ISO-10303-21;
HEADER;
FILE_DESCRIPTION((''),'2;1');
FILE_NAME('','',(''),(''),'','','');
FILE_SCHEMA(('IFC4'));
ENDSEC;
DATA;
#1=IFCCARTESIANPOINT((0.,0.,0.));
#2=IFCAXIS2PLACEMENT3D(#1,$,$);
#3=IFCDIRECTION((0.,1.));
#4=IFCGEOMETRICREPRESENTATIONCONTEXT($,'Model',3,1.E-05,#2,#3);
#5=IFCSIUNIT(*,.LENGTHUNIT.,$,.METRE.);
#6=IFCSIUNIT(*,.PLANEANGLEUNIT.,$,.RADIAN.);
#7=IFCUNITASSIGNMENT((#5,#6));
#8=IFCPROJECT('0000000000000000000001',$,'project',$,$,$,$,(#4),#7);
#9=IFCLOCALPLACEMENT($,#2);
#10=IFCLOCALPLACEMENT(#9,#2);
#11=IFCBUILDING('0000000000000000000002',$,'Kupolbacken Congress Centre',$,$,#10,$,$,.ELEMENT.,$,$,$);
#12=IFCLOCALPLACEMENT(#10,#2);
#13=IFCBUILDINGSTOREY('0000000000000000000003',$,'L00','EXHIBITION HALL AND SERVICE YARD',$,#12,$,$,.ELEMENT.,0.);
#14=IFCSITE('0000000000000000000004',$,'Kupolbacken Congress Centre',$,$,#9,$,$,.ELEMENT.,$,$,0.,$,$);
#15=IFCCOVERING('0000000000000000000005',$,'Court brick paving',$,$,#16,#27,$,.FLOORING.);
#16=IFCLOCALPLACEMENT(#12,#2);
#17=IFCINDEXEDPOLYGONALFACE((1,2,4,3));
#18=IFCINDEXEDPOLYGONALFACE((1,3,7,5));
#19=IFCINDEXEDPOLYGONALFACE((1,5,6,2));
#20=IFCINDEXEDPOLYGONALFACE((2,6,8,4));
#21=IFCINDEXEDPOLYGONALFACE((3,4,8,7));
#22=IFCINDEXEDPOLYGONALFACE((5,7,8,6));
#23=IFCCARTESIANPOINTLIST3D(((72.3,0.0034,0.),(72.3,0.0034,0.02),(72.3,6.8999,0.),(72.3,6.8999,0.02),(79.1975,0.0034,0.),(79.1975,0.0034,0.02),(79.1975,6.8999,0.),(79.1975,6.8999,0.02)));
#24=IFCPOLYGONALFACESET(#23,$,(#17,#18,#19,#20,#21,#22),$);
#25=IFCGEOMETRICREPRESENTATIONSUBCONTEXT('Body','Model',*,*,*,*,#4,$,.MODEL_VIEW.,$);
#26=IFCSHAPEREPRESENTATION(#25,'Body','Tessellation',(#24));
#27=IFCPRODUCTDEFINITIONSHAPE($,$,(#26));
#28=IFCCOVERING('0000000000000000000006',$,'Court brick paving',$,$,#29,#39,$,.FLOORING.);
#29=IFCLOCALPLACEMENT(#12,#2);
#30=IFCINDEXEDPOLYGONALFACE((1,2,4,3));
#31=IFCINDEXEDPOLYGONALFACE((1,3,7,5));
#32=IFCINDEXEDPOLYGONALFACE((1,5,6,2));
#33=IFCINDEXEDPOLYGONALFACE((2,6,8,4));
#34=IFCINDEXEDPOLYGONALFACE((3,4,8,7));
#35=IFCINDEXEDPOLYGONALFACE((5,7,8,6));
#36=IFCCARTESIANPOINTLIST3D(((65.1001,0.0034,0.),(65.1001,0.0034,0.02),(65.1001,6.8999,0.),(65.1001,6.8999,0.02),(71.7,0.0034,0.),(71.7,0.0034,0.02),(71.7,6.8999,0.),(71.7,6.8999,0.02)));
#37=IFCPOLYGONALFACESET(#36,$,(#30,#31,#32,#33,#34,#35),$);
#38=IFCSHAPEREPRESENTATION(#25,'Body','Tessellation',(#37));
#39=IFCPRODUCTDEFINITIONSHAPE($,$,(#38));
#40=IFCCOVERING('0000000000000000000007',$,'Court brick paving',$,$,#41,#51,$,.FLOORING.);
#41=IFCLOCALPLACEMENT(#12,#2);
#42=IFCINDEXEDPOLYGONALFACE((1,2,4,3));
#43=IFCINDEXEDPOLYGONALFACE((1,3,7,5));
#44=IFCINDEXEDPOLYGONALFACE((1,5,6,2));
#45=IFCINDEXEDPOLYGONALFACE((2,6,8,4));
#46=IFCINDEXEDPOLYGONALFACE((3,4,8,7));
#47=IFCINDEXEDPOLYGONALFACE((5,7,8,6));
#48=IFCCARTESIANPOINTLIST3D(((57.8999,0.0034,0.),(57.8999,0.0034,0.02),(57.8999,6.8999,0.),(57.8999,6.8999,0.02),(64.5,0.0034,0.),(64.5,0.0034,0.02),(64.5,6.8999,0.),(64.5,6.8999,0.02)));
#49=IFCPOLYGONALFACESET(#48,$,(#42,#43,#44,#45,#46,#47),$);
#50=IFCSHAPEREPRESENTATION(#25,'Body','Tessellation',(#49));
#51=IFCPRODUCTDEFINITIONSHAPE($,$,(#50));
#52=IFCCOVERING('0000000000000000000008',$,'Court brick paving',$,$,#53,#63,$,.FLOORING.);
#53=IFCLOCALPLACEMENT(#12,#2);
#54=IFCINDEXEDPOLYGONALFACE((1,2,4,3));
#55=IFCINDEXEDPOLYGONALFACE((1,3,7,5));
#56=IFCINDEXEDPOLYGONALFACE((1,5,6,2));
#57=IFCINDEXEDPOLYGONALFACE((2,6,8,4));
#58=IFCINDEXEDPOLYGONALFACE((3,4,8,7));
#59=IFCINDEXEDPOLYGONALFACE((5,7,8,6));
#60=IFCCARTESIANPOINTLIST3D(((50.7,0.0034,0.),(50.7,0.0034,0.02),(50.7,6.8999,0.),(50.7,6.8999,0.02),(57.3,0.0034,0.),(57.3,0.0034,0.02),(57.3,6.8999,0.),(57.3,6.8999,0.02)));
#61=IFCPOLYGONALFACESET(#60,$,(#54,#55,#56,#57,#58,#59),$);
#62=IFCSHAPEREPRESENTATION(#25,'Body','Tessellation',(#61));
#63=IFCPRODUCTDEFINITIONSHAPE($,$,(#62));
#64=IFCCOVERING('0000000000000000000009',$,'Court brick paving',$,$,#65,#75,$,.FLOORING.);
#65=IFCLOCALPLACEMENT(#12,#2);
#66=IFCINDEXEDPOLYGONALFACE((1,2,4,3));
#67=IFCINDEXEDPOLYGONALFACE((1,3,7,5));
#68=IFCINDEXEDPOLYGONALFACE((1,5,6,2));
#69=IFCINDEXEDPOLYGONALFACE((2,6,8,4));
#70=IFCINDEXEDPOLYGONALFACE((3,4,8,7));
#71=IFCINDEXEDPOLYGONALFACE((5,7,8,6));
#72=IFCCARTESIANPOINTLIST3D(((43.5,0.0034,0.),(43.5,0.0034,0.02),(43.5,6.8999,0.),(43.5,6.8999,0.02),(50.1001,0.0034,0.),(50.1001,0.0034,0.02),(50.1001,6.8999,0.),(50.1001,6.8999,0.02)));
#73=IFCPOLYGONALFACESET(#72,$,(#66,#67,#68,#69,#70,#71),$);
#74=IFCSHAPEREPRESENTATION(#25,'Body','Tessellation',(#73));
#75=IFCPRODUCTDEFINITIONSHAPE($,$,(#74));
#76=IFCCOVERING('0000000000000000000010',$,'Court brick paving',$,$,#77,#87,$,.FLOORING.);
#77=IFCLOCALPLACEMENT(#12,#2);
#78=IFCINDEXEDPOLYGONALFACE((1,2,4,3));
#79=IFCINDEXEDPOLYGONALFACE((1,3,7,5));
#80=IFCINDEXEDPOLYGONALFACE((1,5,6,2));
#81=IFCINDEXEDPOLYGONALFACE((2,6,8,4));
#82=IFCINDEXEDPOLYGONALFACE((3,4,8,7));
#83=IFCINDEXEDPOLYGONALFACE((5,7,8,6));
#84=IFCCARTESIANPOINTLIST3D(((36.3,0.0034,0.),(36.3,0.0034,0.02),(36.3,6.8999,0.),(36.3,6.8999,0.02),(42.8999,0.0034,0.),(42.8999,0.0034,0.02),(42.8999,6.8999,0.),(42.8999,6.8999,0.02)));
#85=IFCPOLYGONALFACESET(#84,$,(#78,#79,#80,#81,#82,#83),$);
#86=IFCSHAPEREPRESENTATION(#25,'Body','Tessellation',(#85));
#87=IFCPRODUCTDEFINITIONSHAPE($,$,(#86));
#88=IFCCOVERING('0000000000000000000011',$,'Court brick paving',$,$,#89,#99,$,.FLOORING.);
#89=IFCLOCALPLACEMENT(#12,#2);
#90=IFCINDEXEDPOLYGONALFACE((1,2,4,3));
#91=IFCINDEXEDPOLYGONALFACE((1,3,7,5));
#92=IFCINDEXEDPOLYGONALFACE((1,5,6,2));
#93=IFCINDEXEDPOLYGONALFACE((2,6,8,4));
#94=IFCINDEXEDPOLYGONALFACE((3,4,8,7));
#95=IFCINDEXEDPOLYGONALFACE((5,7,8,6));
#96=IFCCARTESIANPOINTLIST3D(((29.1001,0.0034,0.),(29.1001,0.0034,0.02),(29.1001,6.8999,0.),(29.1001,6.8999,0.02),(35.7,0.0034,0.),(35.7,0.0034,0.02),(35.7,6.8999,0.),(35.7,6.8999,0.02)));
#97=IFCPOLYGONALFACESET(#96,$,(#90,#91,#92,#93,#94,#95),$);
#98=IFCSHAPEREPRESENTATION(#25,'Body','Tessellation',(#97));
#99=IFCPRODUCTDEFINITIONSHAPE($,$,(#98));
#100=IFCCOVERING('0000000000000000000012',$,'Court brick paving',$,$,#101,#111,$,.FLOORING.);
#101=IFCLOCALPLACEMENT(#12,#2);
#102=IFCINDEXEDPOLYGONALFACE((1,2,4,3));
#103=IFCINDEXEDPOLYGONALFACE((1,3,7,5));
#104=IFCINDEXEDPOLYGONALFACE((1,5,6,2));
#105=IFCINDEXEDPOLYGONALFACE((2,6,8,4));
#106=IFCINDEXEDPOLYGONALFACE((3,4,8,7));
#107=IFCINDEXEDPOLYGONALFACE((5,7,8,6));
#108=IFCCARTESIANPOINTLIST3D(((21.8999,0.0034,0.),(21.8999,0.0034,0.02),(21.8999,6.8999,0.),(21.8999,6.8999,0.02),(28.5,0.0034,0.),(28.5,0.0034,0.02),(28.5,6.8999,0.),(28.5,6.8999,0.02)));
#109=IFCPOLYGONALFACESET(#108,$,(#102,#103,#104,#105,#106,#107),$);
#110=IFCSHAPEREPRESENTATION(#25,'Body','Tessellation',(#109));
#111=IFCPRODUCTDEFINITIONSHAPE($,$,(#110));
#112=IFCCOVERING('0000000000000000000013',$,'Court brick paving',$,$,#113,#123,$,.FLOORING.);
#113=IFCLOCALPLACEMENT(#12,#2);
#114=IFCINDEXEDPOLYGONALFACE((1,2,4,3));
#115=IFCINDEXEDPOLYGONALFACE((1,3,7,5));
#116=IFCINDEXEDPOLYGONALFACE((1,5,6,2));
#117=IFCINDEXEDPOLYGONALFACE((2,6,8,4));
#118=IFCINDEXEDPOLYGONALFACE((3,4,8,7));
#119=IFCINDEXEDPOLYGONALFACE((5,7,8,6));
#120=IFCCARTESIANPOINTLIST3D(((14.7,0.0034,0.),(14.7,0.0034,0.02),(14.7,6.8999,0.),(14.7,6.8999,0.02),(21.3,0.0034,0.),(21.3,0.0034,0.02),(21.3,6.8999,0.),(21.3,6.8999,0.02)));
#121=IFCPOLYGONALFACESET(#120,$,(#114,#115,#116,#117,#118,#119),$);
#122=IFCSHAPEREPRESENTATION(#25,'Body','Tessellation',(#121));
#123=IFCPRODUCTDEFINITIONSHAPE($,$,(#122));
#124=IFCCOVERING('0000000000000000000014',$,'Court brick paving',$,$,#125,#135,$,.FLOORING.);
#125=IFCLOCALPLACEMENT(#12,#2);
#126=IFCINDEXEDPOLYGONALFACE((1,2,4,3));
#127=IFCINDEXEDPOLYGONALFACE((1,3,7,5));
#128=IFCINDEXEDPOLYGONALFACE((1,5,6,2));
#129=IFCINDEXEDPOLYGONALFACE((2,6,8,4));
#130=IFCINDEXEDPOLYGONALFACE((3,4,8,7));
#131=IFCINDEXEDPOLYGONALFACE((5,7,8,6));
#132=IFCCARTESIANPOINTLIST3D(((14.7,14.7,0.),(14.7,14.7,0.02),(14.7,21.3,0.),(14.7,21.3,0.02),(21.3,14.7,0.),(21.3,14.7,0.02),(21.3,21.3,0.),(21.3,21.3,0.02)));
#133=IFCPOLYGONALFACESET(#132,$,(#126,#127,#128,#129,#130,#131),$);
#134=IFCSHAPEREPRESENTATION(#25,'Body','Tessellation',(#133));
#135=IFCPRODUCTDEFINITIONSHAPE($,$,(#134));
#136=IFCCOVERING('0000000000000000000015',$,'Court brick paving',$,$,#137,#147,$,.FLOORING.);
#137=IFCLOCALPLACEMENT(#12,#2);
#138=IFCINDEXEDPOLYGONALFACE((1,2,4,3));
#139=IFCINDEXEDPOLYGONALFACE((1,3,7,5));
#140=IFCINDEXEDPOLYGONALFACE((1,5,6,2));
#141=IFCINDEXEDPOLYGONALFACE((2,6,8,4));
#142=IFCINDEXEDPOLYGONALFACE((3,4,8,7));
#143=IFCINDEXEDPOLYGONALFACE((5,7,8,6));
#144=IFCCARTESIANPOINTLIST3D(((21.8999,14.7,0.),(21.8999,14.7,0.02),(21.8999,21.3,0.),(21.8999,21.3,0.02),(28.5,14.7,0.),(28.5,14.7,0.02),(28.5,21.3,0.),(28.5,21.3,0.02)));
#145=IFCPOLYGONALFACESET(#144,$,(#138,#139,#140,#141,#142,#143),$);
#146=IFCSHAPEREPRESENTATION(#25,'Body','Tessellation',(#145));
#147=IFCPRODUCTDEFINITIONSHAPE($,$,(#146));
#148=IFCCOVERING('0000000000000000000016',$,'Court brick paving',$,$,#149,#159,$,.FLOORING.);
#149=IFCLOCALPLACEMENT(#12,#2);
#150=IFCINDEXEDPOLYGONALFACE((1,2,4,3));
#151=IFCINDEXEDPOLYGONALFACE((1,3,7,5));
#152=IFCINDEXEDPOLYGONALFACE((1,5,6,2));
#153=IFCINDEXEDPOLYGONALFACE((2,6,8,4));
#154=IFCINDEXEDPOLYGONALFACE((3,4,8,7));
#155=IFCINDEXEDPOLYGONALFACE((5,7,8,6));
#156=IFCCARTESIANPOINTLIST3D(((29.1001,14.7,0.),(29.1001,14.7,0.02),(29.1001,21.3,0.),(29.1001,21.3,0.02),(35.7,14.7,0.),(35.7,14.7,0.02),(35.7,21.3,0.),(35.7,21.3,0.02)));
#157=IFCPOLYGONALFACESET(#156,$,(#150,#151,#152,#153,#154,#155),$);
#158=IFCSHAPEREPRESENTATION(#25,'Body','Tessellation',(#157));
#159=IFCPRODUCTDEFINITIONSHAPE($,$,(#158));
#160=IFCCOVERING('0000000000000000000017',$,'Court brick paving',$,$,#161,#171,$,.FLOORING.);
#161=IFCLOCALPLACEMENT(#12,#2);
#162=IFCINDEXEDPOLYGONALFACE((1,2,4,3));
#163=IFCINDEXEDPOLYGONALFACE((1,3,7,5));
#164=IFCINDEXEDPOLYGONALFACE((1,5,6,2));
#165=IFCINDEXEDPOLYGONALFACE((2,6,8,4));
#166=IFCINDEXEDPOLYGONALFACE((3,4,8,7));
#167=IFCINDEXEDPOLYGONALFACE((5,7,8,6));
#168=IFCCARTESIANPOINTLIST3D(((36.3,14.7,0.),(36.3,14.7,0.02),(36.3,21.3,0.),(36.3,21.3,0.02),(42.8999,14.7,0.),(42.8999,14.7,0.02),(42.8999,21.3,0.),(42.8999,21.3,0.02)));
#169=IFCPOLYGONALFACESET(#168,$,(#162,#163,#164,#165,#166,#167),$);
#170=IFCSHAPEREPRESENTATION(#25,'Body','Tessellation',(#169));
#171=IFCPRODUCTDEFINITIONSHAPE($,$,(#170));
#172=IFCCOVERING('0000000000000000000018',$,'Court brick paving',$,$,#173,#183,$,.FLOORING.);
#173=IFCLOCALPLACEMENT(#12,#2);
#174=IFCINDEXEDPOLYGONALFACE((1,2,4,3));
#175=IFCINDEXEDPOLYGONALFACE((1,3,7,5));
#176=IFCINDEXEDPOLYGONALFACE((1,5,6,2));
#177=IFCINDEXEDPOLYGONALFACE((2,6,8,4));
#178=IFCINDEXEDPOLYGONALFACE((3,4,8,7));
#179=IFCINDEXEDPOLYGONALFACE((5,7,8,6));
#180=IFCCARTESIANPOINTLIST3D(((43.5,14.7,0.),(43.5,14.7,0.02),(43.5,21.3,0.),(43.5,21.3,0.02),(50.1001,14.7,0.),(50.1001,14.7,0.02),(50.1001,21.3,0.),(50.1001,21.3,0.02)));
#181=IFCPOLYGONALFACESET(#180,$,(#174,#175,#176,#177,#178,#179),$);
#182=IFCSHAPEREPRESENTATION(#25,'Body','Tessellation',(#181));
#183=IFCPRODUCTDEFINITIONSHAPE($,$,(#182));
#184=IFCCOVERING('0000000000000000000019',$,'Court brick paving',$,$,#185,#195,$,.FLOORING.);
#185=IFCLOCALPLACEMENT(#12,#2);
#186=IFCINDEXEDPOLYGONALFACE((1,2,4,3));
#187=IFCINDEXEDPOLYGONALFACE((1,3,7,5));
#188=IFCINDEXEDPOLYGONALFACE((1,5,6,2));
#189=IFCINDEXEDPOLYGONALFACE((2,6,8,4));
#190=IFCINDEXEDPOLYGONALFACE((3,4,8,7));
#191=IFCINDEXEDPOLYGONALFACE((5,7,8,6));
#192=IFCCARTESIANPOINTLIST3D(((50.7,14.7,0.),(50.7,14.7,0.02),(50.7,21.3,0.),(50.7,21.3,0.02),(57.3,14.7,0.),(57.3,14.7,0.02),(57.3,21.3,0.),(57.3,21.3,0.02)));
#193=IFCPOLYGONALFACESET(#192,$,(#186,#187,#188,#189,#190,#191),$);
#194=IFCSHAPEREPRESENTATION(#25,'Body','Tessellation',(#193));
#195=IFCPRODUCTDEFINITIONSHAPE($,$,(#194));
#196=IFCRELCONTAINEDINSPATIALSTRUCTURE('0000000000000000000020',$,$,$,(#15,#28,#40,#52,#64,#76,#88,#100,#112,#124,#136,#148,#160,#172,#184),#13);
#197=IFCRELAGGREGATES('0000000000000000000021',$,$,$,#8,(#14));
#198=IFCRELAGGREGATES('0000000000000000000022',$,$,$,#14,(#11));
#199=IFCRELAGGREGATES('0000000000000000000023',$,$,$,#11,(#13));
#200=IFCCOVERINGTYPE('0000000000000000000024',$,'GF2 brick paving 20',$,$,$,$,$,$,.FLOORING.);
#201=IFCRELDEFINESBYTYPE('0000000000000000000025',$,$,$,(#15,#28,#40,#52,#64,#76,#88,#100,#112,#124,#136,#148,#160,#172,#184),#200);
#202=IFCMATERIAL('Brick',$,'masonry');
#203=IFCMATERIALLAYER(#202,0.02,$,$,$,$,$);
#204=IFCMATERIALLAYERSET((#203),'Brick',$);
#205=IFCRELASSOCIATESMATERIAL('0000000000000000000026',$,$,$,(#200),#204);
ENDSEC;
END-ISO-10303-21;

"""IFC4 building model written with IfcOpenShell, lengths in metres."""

from ifc_helpers import new_model, si_unit, direction, origin, place, context, subcontext, project, spatial, polyline, outline, extrude, material, layer, layer_set, type_object, element, save


model = new_model("IFC4")

# Units and contexts
model_context = context("Model", 3, precision=1e-05, world=origin(), true_north=direction((0.0, 1.0)))
body_context = subcontext(model_context, "Body", "Model", "MODEL_VIEW")
ifc_project = project(units=[si_unit("LENGTHUNIT", "METRE"), si_unit("PLANEANGLEUNIT", "RADIAN")], contexts=[model_context])

# Site, building, storey
site_placement = place(None, origin())
site = spatial("IfcSite", under=ifc_project, at=site_placement, Name="Kupolbacken Congress Centre", CompositionType="ELEMENT", RefElevation=0.0)
building_placement = place(site_placement, origin())
building = spatial("IfcBuilding", under=site, at=building_placement, Name="Kupolbacken Congress Centre", CompositionType="ELEMENT")
storey_placement = place(building_placement, origin())
storey = spatial("IfcBuildingStorey", under=building, at=storey_placement, Name="L00", Description="EXHIBITION HALL AND SERVICE YARD", CompositionType="ELEMENT", Elevation=0.0)

# Coverings
ifc_material = material(Name="Brick", Category="masonry")
ifc_layer = layer(ifc_material, 0.02)
ifc_layer_set = layer_set([ifc_layer], Name="Brick")
covering_type = type_object("IfcCoveringType", Name="GF2 brick paving 20", PredefinedType="FLOORING", material=ifc_layer_set)
covering_1_placement = place(storey_placement, origin())
element("IfcCovering", 1, at=covering_1_placement, inside=storey, type_object=covering_type, Name="Court brick paving", PredefinedType="FLOORING", context=body_context, shape_type="SweptSolid", body=[
    extrude(outline(polyline([(79.1975, 0.0034), (72.3, 0.0034), (72.3, 6.8999), (79.1975, 6.8999), (79.1975, 0.0034)])), origin(), (0.0, 0.0, 1.0), 0.02),
])
covering_2_placement = place(storey_placement, origin())
element("IfcCovering", 2, at=covering_2_placement, inside=storey, type_object=covering_type, Name="Court brick paving", PredefinedType="FLOORING", context=body_context, shape_type="SweptSolid", body=[
    extrude(outline(polyline([(65.1001, 0.0034), (65.1001, 6.8999), (71.7, 6.8999), (71.7, 0.0034), (65.1001, 0.0034)])), origin(), (0.0, 0.0, 1.0), 0.02),
])
covering_3_placement = place(storey_placement, origin())
element("IfcCovering", 3, at=covering_3_placement, inside=storey, type_object=covering_type, Name="Court brick paving", PredefinedType="FLOORING", context=body_context, shape_type="SweptSolid", body=[
    extrude(outline(polyline([(57.8999, 0.0034), (57.8999, 6.8999), (64.5, 6.8999), (64.5, 0.0034), (57.8999, 0.0034)])), origin(), (0.0, 0.0, 1.0), 0.02),
])
covering_4_placement = place(storey_placement, origin())
element("IfcCovering", 4, at=covering_4_placement, inside=storey, type_object=covering_type, Name="Court brick paving", PredefinedType="FLOORING", context=body_context, shape_type="SweptSolid", body=[
    extrude(outline(polyline([(50.7, 0.0034), (50.7, 6.8999), (57.3, 6.8999), (57.3, 0.0034), (50.7, 0.0034)])), origin(), (0.0, 0.0, 1.0), 0.02),
])
covering_5_placement = place(storey_placement, origin())
element("IfcCovering", 5, at=covering_5_placement, inside=storey, type_object=covering_type, Name="Court brick paving", PredefinedType="FLOORING", context=body_context, shape_type="SweptSolid", body=[
    extrude(outline(polyline([(43.5, 0.0034), (43.5, 6.8999), (50.1001, 6.8999), (50.1001, 0.0034), (43.5, 0.0034)])), origin(), (0.0, 0.0, 1.0), 0.02),
])
covering_6_placement = place(storey_placement, origin())
element("IfcCovering", 6, at=covering_6_placement, inside=storey, type_object=covering_type, Name="Court brick paving", PredefinedType="FLOORING", context=body_context, shape_type="SweptSolid", body=[
    extrude(outline(polyline([(36.3, 0.0034), (36.3, 6.8999), (42.8999, 6.8999), (42.8999, 0.0034), (36.3, 0.0034)])), origin(), (0.0, 0.0, 1.0), 0.02),
])
covering_7_placement = place(storey_placement, origin())
element("IfcCovering", 7, at=covering_7_placement, inside=storey, type_object=covering_type, Name="Court brick paving", PredefinedType="FLOORING", context=body_context, shape_type="SweptSolid", body=[
    extrude(outline(polyline([(29.1001, 0.0034), (29.1001, 6.8999), (35.7, 6.8999), (35.7, 0.0034), (29.1001, 0.0034)])), origin(), (0.0, 0.0, 1.0), 0.02),
])
covering_8_placement = place(storey_placement, origin())
element("IfcCovering", 8, at=covering_8_placement, inside=storey, type_object=covering_type, Name="Court brick paving", PredefinedType="FLOORING", context=body_context, shape_type="SweptSolid", body=[
    extrude(outline(polyline([(21.8999, 0.0034), (21.8999, 6.8999), (28.5, 6.8999), (28.5, 0.0034), (21.8999, 0.0034)])), origin(), (0.0, 0.0, 1.0), 0.02),
])
covering_9_placement = place(storey_placement, origin())
element("IfcCovering", 9, at=covering_9_placement, inside=storey, type_object=covering_type, Name="Court brick paving", PredefinedType="FLOORING", context=body_context, shape_type="SweptSolid", body=[
    extrude(outline(polyline([(14.7, 0.0034), (14.7, 6.8999), (21.3, 6.8999), (21.3, 0.0034), (14.7, 0.0034)])), origin(), (0.0, 0.0, 1.0), 0.02),
])
covering_10_placement = place(storey_placement, origin())
element("IfcCovering", 10, at=covering_10_placement, inside=storey, type_object=covering_type, Name="Court brick paving", PredefinedType="FLOORING", context=body_context, shape_type="SweptSolid", body=[
    extrude(outline(polyline([(14.7, 21.3), (21.3, 21.3), (21.3, 14.7), (14.7, 14.7), (14.7, 21.3)])), origin(), (0.0, 0.0, 1.0), 0.02),
])
covering_11_placement = place(storey_placement, origin())
element("IfcCovering", 11, at=covering_11_placement, inside=storey, type_object=covering_type, Name="Court brick paving", PredefinedType="FLOORING", context=body_context, shape_type="SweptSolid", body=[
    extrude(outline(polyline([(21.8999, 21.3), (28.5, 21.3), (28.5, 14.7), (21.8999, 14.7), (21.8999, 21.3)])), origin(), (0.0, 0.0, 1.0), 0.02),
])
covering_12_placement = place(storey_placement, origin())
element("IfcCovering", 12, at=covering_12_placement, inside=storey, type_object=covering_type, Name="Court brick paving", PredefinedType="FLOORING", context=body_context, shape_type="SweptSolid", body=[
    extrude(outline(polyline([(29.1001, 21.3), (35.7, 21.3), (35.7, 14.7), (29.1001, 14.7), (29.1001, 21.3)])), origin(), (0.0, 0.0, 1.0), 0.02),
])
covering_13_placement = place(storey_placement, origin())
element("IfcCovering", 13, at=covering_13_placement, inside=storey, type_object=covering_type, Name="Court brick paving", PredefinedType="FLOORING", context=body_context, shape_type="SweptSolid", body=[
    extrude(outline(polyline([(36.3, 21.3), (42.8999, 21.3), (42.8999, 14.7), (36.3, 14.7), (36.3, 21.3)])), origin(), (0.0, 0.0, 1.0), 0.02),
])
covering_14_placement = place(storey_placement, origin())
element("IfcCovering", 14, at=covering_14_placement, inside=storey, type_object=covering_type, Name="Court brick paving", PredefinedType="FLOORING", context=body_context, shape_type="SweptSolid", body=[
    extrude(outline(polyline([(43.5, 21.3), (50.1001, 21.3), (50.1001, 14.7), (43.5, 14.7), (43.5, 21.3)])), origin(), (0.0, 0.0, 1.0), 0.02),
])
covering_15_placement = place(storey_placement, origin())
element("IfcCovering", 15, at=covering_15_placement, inside=storey, type_object=covering_type, Name="Court brick paving", PredefinedType="FLOORING", context=body_context, shape_type="SweptSolid", body=[
    extrude(outline(polyline([(50.7, 14.7), (50.7, 21.3), (57.3, 21.3), (57.3, 14.7), (50.7, 14.7)])), origin(), (0.0, 0.0, 1.0), 0.02),
])

save(model, "model.ifc")
